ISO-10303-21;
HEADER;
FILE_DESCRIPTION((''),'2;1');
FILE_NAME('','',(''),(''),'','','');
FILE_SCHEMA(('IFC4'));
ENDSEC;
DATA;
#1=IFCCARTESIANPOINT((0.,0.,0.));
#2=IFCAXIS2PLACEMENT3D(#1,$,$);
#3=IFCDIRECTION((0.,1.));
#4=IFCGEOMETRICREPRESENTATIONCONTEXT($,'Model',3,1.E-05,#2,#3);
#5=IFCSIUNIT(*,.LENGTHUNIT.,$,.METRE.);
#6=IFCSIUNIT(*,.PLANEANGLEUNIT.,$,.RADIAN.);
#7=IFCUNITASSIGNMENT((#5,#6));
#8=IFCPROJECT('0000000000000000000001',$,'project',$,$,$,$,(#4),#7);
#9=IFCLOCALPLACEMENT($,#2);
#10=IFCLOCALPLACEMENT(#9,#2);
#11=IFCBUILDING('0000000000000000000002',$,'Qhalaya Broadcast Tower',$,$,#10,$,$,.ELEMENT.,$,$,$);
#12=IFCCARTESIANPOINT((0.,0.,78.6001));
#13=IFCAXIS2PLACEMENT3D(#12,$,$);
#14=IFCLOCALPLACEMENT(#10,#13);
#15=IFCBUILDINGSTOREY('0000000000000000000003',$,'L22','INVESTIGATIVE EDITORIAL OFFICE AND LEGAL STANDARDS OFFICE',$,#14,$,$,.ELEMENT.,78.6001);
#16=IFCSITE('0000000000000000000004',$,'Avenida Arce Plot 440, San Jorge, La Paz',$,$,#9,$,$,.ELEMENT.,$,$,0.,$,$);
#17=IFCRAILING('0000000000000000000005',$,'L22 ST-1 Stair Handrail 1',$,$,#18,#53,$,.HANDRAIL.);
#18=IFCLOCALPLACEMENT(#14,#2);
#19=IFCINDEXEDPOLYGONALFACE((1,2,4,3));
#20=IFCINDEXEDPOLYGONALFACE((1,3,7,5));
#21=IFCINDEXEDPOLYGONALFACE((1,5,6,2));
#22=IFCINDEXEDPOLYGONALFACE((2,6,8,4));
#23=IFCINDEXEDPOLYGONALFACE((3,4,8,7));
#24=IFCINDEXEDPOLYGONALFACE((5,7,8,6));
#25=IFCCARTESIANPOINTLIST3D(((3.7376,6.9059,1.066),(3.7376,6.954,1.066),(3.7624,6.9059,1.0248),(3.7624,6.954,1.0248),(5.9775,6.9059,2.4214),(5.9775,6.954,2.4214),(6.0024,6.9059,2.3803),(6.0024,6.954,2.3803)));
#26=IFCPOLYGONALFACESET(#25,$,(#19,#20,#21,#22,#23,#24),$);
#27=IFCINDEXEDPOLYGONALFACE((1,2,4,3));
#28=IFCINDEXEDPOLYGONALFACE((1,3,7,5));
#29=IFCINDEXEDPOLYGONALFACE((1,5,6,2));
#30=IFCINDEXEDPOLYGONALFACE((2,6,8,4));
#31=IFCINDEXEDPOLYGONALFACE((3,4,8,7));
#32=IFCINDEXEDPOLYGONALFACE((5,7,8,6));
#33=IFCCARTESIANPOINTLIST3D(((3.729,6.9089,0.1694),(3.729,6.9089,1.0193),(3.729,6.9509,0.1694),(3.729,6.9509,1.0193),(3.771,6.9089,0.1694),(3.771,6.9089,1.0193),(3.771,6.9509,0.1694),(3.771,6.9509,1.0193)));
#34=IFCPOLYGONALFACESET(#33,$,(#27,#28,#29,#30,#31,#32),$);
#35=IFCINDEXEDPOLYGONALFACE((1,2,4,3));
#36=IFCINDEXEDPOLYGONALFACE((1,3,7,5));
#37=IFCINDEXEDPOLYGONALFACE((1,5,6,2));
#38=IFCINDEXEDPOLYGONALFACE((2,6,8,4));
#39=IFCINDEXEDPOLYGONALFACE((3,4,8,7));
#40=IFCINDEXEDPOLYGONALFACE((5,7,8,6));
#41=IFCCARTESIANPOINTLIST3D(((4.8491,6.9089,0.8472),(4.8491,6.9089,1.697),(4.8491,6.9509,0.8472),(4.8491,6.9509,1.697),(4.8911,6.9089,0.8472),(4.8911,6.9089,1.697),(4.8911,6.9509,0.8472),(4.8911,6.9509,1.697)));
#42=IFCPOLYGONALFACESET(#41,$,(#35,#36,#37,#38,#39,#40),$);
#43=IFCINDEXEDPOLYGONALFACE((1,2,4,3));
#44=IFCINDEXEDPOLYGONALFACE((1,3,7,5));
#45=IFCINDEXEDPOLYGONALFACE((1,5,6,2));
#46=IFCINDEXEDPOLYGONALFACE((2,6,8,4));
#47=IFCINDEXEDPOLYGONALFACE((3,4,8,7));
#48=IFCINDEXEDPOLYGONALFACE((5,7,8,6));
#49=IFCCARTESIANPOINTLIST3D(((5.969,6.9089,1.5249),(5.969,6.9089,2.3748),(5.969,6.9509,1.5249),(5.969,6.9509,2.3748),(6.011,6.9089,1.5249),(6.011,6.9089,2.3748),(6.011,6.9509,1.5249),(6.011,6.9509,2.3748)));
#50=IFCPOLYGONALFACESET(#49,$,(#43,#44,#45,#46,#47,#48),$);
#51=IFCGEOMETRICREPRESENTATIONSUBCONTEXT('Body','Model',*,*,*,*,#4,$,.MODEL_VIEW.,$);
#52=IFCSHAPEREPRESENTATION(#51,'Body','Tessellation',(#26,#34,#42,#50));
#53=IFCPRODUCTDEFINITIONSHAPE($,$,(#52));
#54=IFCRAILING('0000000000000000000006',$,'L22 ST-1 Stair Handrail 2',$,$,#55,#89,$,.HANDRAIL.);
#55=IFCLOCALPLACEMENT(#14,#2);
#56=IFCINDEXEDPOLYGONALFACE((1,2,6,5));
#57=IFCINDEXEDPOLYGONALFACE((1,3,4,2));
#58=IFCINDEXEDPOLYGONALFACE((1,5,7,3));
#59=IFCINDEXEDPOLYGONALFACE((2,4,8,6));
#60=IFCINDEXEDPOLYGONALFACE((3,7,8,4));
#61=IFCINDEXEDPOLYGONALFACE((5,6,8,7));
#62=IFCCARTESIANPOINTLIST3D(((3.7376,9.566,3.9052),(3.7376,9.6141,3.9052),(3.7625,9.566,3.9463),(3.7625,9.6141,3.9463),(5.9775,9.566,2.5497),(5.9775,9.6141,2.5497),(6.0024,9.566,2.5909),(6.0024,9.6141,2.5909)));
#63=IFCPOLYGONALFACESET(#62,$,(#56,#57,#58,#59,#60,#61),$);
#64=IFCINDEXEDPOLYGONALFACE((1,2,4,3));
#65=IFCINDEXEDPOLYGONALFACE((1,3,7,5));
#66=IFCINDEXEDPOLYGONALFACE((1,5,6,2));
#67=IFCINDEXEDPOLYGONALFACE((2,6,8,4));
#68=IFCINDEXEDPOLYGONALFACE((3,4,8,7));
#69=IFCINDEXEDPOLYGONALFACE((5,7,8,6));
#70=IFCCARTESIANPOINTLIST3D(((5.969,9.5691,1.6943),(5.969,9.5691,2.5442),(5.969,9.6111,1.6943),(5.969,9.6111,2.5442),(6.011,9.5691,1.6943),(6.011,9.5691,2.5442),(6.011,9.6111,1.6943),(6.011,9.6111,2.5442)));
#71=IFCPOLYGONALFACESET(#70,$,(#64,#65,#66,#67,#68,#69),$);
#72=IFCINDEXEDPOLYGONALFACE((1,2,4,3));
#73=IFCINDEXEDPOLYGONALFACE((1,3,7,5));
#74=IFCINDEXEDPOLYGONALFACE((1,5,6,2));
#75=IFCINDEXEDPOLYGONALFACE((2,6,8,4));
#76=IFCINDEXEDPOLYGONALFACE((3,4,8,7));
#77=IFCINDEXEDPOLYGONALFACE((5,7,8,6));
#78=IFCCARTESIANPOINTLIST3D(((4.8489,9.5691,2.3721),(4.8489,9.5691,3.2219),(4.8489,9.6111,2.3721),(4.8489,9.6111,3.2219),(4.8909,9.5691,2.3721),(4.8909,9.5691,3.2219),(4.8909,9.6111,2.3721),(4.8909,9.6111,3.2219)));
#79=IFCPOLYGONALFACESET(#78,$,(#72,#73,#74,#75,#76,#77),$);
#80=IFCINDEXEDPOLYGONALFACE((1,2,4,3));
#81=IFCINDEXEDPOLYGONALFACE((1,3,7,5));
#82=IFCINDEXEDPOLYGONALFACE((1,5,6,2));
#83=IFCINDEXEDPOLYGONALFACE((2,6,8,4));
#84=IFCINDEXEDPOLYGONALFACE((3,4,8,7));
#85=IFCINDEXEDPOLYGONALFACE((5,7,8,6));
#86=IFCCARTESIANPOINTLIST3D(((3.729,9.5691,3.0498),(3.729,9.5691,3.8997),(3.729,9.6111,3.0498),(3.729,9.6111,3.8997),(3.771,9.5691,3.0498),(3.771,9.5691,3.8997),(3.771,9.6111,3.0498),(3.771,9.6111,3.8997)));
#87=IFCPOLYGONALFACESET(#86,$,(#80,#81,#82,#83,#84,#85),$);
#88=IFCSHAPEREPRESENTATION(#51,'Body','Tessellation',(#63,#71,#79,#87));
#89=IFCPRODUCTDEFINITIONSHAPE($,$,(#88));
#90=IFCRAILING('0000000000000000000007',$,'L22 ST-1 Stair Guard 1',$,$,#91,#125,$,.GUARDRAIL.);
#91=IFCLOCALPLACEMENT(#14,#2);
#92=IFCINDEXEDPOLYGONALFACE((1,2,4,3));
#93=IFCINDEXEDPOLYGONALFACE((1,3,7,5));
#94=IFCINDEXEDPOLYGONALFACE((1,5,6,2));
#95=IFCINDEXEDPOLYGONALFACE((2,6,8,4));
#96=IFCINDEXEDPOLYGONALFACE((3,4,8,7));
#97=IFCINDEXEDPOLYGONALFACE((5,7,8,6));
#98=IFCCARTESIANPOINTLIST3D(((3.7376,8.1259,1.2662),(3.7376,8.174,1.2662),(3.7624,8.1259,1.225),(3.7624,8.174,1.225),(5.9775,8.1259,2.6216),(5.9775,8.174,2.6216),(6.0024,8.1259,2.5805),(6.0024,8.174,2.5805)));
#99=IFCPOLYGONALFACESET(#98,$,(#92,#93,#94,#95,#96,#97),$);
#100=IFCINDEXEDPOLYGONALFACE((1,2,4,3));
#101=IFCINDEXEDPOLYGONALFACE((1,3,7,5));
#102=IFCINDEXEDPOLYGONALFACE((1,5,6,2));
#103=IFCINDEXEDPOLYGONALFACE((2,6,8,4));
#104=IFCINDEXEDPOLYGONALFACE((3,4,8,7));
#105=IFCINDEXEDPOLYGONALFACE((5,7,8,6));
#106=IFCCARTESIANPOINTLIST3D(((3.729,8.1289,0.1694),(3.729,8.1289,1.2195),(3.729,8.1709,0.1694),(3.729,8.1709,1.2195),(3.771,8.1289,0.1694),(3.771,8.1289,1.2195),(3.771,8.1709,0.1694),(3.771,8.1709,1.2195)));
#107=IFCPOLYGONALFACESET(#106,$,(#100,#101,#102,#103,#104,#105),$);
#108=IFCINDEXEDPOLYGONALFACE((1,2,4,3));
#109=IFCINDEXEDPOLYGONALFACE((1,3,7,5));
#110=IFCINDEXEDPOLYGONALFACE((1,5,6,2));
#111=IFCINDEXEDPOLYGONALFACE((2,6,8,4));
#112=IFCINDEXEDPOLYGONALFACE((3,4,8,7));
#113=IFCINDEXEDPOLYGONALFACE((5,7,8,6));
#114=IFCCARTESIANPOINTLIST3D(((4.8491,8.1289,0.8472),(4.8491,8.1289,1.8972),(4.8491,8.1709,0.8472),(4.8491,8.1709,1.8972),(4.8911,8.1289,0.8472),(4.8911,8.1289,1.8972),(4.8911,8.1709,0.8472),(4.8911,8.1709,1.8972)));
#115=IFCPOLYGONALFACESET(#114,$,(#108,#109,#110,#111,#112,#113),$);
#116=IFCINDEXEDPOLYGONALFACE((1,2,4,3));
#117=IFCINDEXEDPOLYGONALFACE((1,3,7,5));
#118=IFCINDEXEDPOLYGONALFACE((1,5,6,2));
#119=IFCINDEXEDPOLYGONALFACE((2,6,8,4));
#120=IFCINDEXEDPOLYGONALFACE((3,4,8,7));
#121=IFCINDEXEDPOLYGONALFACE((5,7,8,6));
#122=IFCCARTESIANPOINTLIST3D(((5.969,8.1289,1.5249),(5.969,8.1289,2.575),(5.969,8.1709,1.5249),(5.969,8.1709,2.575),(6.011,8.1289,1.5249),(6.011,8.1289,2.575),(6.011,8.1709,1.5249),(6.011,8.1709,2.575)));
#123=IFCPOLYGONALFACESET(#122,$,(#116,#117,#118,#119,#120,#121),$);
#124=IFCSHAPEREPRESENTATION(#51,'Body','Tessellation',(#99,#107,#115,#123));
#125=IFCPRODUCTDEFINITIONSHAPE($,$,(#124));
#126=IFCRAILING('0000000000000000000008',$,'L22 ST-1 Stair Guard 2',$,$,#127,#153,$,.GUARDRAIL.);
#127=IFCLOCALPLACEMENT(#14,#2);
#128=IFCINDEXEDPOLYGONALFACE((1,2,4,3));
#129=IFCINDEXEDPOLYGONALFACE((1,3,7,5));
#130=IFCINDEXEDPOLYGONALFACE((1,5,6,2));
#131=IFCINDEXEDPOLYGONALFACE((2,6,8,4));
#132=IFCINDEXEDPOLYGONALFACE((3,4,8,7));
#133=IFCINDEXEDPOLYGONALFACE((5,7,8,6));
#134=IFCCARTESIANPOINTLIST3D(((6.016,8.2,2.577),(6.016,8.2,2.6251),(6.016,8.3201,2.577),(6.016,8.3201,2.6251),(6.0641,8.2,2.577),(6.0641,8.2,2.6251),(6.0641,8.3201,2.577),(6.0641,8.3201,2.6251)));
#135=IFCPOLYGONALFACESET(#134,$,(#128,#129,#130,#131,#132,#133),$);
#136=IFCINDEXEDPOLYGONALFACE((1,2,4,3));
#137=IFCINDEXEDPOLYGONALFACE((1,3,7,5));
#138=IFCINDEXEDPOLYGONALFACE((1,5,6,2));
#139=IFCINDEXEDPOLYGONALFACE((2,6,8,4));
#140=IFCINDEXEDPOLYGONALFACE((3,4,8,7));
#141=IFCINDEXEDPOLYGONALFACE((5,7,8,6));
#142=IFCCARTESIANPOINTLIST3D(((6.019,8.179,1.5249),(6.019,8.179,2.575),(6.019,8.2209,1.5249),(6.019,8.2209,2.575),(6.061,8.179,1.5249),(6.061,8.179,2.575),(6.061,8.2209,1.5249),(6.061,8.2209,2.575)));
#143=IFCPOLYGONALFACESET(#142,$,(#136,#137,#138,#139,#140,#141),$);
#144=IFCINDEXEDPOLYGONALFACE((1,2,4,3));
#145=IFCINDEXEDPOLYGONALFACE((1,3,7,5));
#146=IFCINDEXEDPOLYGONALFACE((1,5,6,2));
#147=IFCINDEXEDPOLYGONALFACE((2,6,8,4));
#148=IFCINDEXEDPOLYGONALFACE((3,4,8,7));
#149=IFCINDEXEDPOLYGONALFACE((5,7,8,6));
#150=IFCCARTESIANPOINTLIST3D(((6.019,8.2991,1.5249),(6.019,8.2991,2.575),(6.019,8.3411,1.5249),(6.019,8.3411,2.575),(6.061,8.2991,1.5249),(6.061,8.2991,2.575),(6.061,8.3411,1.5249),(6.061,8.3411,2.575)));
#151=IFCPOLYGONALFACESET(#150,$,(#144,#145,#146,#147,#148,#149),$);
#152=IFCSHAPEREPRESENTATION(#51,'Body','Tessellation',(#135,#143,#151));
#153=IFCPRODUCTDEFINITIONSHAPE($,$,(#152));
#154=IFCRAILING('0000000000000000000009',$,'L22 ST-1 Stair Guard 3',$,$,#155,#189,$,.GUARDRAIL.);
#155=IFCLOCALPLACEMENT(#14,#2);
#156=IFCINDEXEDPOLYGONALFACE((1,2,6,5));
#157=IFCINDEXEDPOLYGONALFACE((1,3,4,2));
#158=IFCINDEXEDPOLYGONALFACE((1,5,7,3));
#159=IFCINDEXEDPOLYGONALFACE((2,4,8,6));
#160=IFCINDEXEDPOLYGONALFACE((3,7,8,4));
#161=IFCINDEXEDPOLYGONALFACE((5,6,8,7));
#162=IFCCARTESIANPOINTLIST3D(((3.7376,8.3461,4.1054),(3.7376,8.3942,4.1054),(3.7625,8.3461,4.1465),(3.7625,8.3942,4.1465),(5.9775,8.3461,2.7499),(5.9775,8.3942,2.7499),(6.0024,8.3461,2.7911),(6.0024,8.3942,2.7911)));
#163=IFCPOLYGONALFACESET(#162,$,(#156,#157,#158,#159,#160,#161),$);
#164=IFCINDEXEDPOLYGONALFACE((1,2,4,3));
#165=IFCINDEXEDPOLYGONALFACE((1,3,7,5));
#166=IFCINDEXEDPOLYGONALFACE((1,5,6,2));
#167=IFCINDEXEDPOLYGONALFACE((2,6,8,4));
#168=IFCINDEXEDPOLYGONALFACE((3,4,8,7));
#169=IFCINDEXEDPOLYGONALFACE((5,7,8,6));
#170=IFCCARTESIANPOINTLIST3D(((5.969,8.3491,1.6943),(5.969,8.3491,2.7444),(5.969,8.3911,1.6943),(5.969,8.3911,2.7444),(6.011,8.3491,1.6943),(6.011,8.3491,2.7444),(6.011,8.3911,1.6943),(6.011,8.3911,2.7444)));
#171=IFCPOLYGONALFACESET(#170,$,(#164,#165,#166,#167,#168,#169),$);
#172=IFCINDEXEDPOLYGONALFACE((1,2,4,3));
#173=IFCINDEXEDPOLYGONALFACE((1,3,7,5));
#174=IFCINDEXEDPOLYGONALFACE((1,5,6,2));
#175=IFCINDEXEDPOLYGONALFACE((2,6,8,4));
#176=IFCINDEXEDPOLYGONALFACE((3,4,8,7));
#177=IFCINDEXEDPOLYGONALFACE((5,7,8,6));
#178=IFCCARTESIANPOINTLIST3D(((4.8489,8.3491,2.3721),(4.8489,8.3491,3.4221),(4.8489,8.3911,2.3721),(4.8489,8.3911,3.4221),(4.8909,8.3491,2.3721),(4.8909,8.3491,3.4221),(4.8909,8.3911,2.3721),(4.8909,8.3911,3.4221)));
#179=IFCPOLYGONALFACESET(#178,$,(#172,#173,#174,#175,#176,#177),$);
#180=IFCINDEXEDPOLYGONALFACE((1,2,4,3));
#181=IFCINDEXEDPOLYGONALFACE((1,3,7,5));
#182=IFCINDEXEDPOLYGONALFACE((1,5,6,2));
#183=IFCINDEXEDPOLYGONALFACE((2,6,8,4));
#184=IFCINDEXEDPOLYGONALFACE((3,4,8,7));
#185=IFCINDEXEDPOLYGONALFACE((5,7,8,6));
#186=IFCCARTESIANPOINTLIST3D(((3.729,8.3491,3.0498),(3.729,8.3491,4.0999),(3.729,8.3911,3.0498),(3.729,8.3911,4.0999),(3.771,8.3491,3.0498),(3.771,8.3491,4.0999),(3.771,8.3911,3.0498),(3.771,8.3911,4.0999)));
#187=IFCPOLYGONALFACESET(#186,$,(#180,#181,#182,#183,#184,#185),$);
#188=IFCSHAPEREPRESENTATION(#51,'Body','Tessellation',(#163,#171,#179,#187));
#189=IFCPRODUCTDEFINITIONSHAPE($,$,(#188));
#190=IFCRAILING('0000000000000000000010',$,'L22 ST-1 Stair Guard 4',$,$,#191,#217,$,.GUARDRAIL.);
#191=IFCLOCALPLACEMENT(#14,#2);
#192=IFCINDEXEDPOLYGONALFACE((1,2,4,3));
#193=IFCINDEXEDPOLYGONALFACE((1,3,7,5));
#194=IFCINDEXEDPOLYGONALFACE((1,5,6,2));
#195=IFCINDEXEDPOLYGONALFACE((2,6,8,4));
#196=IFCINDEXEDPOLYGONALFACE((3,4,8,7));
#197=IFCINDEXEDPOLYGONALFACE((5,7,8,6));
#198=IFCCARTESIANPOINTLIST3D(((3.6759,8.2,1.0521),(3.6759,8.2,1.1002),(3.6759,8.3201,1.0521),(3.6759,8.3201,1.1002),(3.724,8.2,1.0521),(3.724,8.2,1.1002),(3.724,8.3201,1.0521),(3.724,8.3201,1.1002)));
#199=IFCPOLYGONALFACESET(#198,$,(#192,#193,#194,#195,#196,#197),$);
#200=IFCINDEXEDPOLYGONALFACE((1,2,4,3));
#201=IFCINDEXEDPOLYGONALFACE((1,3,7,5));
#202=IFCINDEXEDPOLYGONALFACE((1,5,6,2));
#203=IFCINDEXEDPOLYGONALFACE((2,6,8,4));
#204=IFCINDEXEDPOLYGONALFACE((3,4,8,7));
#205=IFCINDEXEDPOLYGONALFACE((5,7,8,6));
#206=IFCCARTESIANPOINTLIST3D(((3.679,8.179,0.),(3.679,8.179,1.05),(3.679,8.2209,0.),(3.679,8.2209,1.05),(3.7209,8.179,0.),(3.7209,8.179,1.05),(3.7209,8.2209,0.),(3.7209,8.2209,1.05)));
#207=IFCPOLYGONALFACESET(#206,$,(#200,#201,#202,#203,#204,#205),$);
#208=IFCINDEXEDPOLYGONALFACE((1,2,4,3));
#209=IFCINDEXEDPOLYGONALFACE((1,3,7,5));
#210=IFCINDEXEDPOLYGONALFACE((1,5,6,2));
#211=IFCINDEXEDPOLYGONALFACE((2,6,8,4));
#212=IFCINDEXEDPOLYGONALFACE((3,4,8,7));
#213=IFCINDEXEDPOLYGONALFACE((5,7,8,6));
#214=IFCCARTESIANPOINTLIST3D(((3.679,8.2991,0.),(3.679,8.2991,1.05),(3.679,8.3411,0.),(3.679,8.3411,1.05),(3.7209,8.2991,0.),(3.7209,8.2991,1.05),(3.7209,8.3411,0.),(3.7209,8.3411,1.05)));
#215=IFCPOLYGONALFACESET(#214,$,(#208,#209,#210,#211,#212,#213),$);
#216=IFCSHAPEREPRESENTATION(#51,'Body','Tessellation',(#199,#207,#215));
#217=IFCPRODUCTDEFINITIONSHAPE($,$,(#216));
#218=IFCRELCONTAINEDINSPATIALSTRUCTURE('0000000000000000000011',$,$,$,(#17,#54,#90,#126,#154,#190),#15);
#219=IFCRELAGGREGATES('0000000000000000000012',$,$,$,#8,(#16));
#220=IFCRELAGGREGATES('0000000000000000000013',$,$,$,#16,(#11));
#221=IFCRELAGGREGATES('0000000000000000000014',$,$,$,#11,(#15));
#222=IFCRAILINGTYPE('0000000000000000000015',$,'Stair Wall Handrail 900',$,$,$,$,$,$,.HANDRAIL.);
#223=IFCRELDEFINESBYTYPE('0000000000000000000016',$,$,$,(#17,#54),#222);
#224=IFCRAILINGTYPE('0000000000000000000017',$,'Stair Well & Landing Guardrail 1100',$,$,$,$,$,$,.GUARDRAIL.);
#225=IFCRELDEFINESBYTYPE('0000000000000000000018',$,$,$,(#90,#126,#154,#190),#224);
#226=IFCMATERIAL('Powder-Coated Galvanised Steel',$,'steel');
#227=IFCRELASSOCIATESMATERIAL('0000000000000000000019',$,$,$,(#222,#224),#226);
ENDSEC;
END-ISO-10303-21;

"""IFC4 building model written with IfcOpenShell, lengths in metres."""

from ifc_helpers import new_model, si_unit, direction, frame, origin, origin_2d, place, context, subcontext, project, spatial, rectangle, extrude, material, type_object, element, save


model = new_model("IFC4")

# Units and contexts
model_context = context("Model", 3, precision=1e-05, world=origin(), true_north=direction((0.0, 1.0)))
body_context = subcontext(model_context, "Body", "Model", "MODEL_VIEW")
ifc_project = project(units=[si_unit("LENGTHUNIT", "METRE"), si_unit("PLANEANGLEUNIT", "RADIAN")], contexts=[model_context])

# Site, building, storey
site_placement = place(None, origin())
site = spatial("IfcSite", under=ifc_project, at=site_placement, Name="Avenida Arce Plot 440, San Jorge, La Paz", CompositionType="ELEMENT", RefElevation=0.0)
building_placement = place(site_placement, origin())
building = spatial("IfcBuilding", under=site, at=building_placement, Name="Qhalaya Broadcast Tower", CompositionType="ELEMENT")
storey_placement = place(building_placement, frame((0.0, 0.0, 78.6001)))
storey = spatial("IfcBuildingStorey", under=building, at=storey_placement, Name="L22", Description="INVESTIGATIVE EDITORIAL OFFICE AND LEGAL STANDARDS OFFICE", CompositionType="ELEMENT", Elevation=78.6001)

# Railings
ifc_material_1 = material(Name="Powder-Coated Galvanised Steel", Category="steel")
railing_type_1 = type_object("IfcRailingType", Name="Stair Wall Handrail 900", PredefinedType="HANDRAIL", material=ifc_material_1)
railing_1_placement = place(storey_placement, frame((3.75, 6.9299, 0.1694)))
element("IfcRailing", 1, at=railing_1_placement, inside=storey, type_object=railing_type_1, Name="L22 ST-1 Stair Handrail 1", PredefinedType="HANDRAIL", context=body_context, shape_type="SweptSolid", body=[
    extrude(rectangle(XDim=0.0481, YDim=0.0481, at=origin_2d()), frame((0.0, 0.0, 0.876), z_axis=(0.855553, 0.0, 0.517715), x_axis=(0.0, 1.0, 0.0)), (0.0, 0.0, 1.0), 2.6182),
    extrude(rectangle(XDim=0.042, YDim=0.042, at=origin_2d()), origin(), (0.0, 0.0, 1.0), 0.8499),
    extrude(rectangle(XDim=0.042, YDim=0.042, at=origin_2d()), frame((1.1201, 0.0, 0.6777)), (0.0, 0.0, 1.0), 0.8499),
    extrude(rectangle(XDim=0.042, YDim=0.042, at=origin_2d()), frame((2.24, 0.0, 1.3555)), (0.0, 0.0, 1.0), 0.8499),
])
railing_2_placement = place(storey_placement, frame((5.99, 9.5901, 1.6943)))
element("IfcRailing", 2, at=railing_2_placement, inside=storey, type_object=railing_type_1, Name="L22 ST-1 Stair Handrail 2", PredefinedType="HANDRAIL", context=body_context, shape_type="SweptSolid", body=[
    extrude(rectangle(XDim=0.0481, YDim=0.0481, at=origin_2d()), frame((0.0, 0.0, 0.876), z_axis=(-0.855553, 0.0, 0.517715), x_axis=(0.0, -1.0, 0.0)), (0.0, 0.0, 1.0), 2.6182),
    extrude(rectangle(XDim=0.042, YDim=0.042, at=origin_2d()), origin(), (0.0, 0.0, 1.0), 0.8499),
    extrude(rectangle(XDim=0.042, YDim=0.042, at=origin_2d()), frame((-1.1201, 0.0, 0.6777)), (0.0, 0.0, 1.0), 0.8499),
    extrude(rectangle(XDim=0.042, YDim=0.042, at=origin_2d()), frame((-2.24, 0.0, 1.3555)), (0.0, 0.0, 1.0), 0.8499),
])
railing_type_2 = type_object("IfcRailingType", Name="Stair Well & Landing Guardrail 1100", PredefinedType="GUARDRAIL", material=ifc_material_1)
railing_3_placement = place(storey_placement, frame((3.75, 8.1499, 0.1694)))
element("IfcRailing", 3, at=railing_3_placement, inside=storey, type_object=railing_type_2, Name="L22 ST-1 Stair Guard 1", PredefinedType="GUARDRAIL", context=body_context, shape_type="SweptSolid", body=[
    extrude(rectangle(XDim=0.0481, YDim=0.0481, at=origin_2d()), frame((0.0, 0.0, 1.0762), z_axis=(0.855553, 0.0, 0.517715), x_axis=(0.0, 1.0, 0.0)), (0.0, 0.0, 1.0), 2.6182),
    extrude(rectangle(XDim=0.042, YDim=0.042, at=origin_2d()), origin(), (0.0, 0.0, 1.0), 1.05),
    extrude(rectangle(XDim=0.042, YDim=0.042, at=origin_2d()), frame((1.1201, 0.0, 0.6777)), (0.0, 0.0, 1.0), 1.05),
    extrude(rectangle(XDim=0.042, YDim=0.042, at=origin_2d()), frame((2.24, 0.0, 1.3555)), (0.0, 0.0, 1.0), 1.05),
])
railing_4_placement = place(storey_placement, frame((6.04, 8.2, 1.5249)))
element("IfcRailing", 4, at=railing_4_placement, inside=storey, type_object=railing_type_2, Name="L22 ST-1 Stair Guard 2", PredefinedType="GUARDRAIL", context=body_context, shape_type="SweptSolid", body=[
    extrude(rectangle(XDim=0.0481, YDim=0.0481, at=origin_2d()), frame((0.0, 0.0, 1.0762), z_axis=(0.0, 1.0, 0.0), x_axis=(-1.0, 0.0, 0.0)), (0.0, 0.0, 1.0), 0.1201),
    extrude(rectangle(XDim=0.042, YDim=0.042, at=origin_2d()), origin(), (0.0, 0.0, 1.0), 1.05),
    extrude(rectangle(XDim=0.042, YDim=0.042, at=origin_2d()), frame((0.0, 0.1201, 0.0)), (0.0, 0.0, 1.0), 1.05),
])
railing_5_placement = place(storey_placement, frame((5.99, 8.3701, 1.6943)))
element("IfcRailing", 5, at=railing_5_placement, inside=storey, type_object=railing_type_2, Name="L22 ST-1 Stair Guard 3", PredefinedType="GUARDRAIL", context=body_context, shape_type="SweptSolid", body=[
    extrude(rectangle(XDim=0.0481, YDim=0.0481, at=origin_2d()), frame((0.0, 0.0, 1.0762), z_axis=(-0.855553, 0.0, 0.517715), x_axis=(0.0, -1.0, 0.0)), (0.0, 0.0, 1.0), 2.6182),
    extrude(rectangle(XDim=0.042, YDim=0.042, at=origin_2d()), origin(), (0.0, 0.0, 1.0), 1.05),
    extrude(rectangle(XDim=0.042, YDim=0.042, at=origin_2d()), frame((-1.1201, 0.0, 0.6777)), (0.0, 0.0, 1.0), 1.05),
    extrude(rectangle(XDim=0.042, YDim=0.042, at=origin_2d()), frame((-2.24, 0.0, 1.3555)), (0.0, 0.0, 1.0), 1.05),
])
railing_6_placement = place(storey_placement, frame((3.7, 8.2, 0.0)))
element("IfcRailing", 6, at=railing_6_placement, inside=storey, type_object=railing_type_2, Name="L22 ST-1 Stair Guard 4", PredefinedType="GUARDRAIL", context=body_context, shape_type="SweptSolid", body=[
    extrude(rectangle(XDim=0.0481, YDim=0.0481, at=origin_2d()), frame((0.0, 0.0, 1.0762), z_axis=(0.0, 1.0, 0.0), x_axis=(-1.0, 0.0, 0.0)), (0.0, 0.0, 1.0), 0.1201),
    extrude(rectangle(XDim=0.042, YDim=0.042, at=origin_2d()), origin(), (0.0, 0.0, 1.0), 1.05),
    extrude(rectangle(XDim=0.042, YDim=0.042, at=origin_2d()), frame((0.0, 0.1201, 0.0)), (0.0, 0.0, 1.0), 1.05),
])

save(model, "model.ifc")
